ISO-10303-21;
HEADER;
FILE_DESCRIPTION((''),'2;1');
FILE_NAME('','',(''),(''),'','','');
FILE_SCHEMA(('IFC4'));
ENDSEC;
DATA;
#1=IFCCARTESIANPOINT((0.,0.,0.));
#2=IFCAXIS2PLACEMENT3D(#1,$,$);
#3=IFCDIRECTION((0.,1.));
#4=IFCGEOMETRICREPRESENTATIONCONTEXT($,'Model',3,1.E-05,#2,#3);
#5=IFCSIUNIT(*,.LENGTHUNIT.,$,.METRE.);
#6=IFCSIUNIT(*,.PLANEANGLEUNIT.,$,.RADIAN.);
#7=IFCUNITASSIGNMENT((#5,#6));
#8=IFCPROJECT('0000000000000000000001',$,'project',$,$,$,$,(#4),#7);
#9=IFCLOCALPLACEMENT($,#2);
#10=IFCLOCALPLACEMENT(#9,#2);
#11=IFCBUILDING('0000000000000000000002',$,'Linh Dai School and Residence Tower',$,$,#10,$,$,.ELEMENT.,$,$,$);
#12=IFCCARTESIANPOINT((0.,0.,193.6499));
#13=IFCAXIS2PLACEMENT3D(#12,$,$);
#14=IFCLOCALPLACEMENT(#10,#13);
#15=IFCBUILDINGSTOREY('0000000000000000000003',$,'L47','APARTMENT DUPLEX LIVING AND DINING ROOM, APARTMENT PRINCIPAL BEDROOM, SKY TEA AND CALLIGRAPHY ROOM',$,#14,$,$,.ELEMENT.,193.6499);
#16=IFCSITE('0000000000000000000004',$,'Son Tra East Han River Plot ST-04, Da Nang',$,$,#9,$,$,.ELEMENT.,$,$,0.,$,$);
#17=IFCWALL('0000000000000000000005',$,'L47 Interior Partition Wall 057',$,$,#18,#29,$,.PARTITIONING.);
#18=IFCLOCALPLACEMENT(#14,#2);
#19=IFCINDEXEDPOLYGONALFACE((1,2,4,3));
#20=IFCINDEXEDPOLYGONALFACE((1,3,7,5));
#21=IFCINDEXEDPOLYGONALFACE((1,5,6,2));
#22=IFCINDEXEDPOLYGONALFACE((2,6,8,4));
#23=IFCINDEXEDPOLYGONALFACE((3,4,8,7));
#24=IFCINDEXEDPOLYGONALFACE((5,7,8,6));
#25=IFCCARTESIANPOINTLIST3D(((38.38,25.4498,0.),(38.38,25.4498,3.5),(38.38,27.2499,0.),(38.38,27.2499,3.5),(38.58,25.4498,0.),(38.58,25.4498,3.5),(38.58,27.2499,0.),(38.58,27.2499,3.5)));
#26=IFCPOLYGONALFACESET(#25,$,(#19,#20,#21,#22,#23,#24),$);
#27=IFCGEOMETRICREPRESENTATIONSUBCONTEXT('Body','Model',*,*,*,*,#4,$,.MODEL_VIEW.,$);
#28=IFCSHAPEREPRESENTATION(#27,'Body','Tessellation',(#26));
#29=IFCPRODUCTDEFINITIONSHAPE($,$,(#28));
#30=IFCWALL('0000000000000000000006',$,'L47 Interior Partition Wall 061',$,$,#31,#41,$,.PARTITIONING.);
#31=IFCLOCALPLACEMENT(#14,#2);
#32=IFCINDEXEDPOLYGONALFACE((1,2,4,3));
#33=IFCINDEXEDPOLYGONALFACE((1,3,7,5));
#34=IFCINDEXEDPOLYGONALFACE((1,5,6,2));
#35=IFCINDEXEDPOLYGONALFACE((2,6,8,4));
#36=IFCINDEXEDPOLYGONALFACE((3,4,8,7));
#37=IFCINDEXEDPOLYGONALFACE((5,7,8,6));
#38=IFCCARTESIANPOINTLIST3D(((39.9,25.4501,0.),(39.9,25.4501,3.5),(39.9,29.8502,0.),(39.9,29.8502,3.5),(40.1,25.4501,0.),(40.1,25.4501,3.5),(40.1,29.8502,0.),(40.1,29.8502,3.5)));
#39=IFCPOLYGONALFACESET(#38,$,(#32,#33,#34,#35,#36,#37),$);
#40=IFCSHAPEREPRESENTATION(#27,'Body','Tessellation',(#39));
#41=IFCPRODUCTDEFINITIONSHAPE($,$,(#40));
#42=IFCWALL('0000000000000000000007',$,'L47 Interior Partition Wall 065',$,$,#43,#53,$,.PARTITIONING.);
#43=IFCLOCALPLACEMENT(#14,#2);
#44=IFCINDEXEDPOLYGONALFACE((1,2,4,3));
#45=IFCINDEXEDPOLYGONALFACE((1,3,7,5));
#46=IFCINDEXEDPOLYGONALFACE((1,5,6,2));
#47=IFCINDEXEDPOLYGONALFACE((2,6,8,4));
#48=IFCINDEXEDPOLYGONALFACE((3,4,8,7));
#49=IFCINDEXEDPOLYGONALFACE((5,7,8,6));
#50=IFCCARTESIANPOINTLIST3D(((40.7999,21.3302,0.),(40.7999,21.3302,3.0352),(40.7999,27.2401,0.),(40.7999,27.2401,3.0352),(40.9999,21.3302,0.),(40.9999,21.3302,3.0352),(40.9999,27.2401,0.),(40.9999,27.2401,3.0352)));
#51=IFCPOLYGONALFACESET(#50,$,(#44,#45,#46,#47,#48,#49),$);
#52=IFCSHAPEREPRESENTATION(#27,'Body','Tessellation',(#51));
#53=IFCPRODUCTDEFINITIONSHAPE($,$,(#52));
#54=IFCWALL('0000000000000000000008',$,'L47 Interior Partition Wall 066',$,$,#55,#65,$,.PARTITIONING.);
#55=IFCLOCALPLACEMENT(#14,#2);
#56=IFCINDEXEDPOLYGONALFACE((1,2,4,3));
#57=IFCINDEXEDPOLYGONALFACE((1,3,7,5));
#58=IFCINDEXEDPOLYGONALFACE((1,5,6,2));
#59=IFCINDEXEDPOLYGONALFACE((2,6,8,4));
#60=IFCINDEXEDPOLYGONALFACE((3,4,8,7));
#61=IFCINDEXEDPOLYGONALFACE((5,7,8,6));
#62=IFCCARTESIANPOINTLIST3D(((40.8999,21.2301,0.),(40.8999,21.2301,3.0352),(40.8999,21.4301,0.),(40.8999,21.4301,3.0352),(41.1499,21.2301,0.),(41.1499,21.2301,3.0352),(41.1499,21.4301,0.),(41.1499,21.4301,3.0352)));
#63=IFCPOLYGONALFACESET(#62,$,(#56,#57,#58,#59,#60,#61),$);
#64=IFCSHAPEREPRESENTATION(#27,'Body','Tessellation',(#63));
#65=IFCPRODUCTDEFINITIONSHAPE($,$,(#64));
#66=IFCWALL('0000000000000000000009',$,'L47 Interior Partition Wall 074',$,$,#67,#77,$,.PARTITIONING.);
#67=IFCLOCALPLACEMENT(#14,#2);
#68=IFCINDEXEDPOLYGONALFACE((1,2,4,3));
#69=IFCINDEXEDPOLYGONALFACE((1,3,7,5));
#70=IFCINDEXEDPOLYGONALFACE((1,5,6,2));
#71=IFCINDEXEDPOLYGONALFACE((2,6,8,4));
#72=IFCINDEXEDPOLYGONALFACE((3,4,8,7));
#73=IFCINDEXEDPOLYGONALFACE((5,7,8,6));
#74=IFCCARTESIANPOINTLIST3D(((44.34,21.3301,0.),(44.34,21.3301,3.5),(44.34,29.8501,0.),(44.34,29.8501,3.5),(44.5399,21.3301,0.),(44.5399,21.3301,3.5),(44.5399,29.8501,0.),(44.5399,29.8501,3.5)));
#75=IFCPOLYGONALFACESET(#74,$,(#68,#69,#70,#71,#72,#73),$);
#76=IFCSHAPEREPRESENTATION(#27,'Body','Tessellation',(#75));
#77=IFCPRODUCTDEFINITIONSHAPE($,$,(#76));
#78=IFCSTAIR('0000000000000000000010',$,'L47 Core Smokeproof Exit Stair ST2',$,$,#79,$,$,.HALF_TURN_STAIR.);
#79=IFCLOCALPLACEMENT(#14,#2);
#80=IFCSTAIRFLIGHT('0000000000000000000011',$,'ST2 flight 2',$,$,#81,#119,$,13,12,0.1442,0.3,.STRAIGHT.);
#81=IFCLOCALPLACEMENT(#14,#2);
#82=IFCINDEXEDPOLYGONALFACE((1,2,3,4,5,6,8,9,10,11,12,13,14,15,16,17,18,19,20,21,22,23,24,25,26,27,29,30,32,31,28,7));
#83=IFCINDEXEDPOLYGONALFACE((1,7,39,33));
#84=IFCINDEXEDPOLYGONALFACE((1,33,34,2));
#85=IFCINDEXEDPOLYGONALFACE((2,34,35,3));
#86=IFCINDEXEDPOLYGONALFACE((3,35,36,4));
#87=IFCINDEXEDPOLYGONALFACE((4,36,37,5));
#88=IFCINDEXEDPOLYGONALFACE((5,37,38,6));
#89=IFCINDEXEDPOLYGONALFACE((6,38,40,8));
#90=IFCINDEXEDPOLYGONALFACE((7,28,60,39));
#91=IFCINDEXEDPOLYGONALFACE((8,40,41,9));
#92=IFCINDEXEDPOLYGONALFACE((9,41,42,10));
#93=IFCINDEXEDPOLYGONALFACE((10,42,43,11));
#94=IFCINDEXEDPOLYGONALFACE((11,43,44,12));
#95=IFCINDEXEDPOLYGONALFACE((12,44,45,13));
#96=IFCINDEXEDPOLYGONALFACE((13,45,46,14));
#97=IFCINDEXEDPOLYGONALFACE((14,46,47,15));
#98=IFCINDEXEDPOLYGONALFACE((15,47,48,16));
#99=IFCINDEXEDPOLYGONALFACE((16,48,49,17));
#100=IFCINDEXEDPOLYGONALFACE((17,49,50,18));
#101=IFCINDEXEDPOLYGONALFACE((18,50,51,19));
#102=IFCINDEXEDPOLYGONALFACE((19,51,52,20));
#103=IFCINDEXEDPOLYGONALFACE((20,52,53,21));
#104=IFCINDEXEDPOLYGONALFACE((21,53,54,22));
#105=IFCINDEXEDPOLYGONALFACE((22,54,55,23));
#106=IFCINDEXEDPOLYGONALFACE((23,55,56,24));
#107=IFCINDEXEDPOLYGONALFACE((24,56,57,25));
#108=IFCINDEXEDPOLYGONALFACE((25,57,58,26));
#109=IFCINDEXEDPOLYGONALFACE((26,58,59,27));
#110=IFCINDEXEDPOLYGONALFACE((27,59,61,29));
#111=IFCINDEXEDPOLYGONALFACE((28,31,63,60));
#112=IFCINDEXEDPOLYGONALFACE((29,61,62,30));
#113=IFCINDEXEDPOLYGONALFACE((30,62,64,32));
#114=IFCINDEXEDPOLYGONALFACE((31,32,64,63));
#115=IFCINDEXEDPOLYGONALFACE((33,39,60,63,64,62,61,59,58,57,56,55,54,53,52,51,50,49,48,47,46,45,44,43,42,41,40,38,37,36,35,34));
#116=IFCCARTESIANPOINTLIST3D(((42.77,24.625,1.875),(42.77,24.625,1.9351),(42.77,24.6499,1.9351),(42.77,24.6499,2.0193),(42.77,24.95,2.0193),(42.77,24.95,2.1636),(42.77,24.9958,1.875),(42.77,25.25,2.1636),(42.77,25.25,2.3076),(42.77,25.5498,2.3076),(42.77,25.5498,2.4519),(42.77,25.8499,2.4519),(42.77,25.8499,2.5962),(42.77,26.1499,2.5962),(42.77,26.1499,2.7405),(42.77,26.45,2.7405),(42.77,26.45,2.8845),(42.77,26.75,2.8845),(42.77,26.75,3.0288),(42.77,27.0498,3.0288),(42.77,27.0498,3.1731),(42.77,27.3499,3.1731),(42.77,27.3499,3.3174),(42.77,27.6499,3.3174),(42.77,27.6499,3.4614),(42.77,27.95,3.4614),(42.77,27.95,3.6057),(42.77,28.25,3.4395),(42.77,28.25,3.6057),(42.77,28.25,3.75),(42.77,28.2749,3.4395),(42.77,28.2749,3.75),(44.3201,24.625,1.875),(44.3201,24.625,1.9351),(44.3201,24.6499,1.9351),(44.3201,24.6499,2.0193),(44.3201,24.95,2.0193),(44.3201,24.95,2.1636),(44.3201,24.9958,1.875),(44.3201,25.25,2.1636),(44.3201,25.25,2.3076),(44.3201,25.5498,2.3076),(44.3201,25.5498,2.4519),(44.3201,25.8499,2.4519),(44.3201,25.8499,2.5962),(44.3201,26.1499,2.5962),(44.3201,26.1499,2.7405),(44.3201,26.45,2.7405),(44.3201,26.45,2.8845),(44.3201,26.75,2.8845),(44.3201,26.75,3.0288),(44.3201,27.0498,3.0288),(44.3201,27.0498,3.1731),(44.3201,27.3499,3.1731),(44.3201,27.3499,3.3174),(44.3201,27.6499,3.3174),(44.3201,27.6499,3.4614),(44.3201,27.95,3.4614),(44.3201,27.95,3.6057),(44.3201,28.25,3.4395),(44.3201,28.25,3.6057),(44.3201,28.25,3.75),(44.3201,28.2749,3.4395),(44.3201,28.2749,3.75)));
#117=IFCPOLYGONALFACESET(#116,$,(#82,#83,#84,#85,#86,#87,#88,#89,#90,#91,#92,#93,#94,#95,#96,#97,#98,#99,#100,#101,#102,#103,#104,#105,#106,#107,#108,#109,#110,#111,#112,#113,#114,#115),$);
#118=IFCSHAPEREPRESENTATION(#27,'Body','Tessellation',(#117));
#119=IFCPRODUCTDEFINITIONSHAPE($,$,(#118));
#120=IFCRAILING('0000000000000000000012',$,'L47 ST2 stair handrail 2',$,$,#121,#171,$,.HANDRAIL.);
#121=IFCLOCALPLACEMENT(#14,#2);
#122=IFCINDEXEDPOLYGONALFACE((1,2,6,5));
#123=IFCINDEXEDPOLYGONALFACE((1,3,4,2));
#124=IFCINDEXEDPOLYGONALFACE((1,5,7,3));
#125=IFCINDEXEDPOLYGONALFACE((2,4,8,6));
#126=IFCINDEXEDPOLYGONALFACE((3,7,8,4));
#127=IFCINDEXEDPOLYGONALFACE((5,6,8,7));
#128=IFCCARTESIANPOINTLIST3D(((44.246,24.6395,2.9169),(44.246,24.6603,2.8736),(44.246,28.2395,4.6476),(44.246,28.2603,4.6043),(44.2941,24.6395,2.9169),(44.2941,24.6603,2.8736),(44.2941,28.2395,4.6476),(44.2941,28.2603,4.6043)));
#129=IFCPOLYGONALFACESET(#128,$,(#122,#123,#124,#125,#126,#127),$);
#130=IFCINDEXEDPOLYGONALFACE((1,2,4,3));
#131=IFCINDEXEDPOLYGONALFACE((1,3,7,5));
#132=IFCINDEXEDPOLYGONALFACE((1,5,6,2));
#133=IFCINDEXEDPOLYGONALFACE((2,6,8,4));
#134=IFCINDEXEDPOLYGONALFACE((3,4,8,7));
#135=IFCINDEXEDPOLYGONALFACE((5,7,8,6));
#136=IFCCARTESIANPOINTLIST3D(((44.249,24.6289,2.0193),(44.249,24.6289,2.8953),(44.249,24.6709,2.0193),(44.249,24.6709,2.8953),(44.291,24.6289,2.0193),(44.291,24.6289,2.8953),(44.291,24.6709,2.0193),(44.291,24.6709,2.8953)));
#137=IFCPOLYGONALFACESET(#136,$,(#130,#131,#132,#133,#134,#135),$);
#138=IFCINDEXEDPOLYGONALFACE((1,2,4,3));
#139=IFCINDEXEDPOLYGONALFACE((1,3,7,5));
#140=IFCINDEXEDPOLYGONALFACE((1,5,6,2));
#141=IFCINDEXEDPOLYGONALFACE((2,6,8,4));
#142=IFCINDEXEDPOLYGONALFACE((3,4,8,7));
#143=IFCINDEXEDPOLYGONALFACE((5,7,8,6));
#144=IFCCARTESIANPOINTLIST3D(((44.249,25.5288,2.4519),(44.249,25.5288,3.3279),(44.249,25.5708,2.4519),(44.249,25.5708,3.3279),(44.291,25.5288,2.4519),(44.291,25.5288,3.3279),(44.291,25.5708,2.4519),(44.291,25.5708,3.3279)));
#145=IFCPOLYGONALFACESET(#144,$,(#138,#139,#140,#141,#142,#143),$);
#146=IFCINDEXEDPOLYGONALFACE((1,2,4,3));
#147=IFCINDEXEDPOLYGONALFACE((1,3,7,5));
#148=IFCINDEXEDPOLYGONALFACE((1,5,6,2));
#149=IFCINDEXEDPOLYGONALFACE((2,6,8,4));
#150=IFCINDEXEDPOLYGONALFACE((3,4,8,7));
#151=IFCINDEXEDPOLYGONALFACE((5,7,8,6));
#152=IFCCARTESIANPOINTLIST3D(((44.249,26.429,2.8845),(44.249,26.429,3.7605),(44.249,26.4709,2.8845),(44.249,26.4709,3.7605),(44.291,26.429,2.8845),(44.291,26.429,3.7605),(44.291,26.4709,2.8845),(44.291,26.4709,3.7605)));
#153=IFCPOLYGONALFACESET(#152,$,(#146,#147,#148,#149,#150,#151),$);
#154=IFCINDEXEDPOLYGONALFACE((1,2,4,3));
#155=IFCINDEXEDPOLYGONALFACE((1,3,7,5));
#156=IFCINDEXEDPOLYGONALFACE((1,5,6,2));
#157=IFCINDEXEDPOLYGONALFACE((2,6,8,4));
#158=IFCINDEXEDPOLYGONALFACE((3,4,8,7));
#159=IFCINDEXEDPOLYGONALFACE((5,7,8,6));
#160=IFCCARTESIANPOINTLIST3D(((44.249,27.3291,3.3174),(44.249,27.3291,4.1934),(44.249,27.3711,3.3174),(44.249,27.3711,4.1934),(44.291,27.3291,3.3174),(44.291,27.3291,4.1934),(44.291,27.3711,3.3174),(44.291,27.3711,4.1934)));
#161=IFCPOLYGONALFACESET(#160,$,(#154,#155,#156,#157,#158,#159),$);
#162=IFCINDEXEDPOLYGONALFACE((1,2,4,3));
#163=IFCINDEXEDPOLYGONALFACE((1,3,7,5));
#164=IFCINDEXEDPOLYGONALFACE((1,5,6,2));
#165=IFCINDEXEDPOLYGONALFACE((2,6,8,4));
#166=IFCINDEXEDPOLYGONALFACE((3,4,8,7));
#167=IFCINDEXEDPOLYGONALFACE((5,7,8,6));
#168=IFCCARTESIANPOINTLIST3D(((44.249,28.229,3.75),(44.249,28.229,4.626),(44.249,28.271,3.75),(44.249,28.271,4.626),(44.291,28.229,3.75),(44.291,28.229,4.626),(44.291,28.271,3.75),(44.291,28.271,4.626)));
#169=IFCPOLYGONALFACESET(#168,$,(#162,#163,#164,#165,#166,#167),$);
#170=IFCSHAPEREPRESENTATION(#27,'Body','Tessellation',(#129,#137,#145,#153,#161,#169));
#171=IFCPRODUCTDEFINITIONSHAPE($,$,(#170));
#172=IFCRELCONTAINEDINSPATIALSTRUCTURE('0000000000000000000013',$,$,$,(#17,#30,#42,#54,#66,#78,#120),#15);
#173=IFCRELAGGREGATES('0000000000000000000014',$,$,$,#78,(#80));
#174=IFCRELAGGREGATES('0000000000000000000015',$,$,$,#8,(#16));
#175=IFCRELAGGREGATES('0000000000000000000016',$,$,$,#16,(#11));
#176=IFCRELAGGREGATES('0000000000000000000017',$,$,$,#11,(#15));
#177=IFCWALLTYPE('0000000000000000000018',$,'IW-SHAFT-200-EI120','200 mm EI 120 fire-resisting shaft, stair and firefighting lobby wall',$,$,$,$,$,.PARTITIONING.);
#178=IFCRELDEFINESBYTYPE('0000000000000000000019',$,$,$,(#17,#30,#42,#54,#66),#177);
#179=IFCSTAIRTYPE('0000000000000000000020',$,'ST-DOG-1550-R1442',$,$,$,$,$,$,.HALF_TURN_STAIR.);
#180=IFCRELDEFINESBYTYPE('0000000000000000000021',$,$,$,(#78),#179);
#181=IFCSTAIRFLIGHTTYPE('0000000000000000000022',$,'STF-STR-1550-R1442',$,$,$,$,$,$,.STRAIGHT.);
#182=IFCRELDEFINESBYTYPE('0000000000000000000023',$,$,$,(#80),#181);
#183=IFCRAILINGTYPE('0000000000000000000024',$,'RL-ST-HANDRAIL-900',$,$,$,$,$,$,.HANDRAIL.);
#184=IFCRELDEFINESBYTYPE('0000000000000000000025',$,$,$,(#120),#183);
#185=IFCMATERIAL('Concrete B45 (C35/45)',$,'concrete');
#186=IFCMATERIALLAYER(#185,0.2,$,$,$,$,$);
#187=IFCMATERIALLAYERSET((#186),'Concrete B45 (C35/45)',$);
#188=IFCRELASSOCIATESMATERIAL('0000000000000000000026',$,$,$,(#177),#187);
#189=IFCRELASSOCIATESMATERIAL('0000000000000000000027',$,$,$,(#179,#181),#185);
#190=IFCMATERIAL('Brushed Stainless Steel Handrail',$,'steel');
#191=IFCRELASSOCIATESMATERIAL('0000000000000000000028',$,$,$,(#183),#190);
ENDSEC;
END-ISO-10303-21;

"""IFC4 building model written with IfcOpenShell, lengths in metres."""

from ifc_helpers import new_model, si_unit, direction, frame, frame_2d, origin, origin_2d, place, context, subcontext, project, spatial, polyline, rectangle, outline, extrude, source, transform, mapped, material, layer, layer_set, type_object, element, aggregate, save


model = new_model("IFC4")

# Units and contexts
model_context = context("Model", 3, precision=1e-05, world=origin(), true_north=direction((0.0, 1.0)))
body_context = subcontext(model_context, "Body", "Model", "MODEL_VIEW")
ifc_project = project(units=[si_unit("LENGTHUNIT", "METRE"), si_unit("PLANEANGLEUNIT", "RADIAN")], contexts=[model_context])

# Site, building, storey
site_placement = place(None, origin())
site = spatial("IfcSite", under=ifc_project, at=site_placement, Name="Son Tra East Han River Plot ST-04, Da Nang", CompositionType="ELEMENT", RefElevation=0.0)
building_placement = place(site_placement, origin())
building = spatial("IfcBuilding", under=site, at=building_placement, Name="Linh Dai School and Residence Tower", CompositionType="ELEMENT")
storey_placement = place(building_placement, frame((0.0, 0.0, 193.6499)))
storey = spatial("IfcBuildingStorey", under=building, at=storey_placement, Name="L47", Description="APARTMENT DUPLEX LIVING AND DINING ROOM, APARTMENT PRINCIPAL BEDROOM, SKY TEA AND CALLIGRAPHY ROOM", CompositionType="ELEMENT", Elevation=193.6499)

# Walls
ifc_material_1 = material(Name="Concrete B45 (C35/45)", Category="concrete")
ifc_layer_1 = layer(ifc_material_1, 0.2)
ifc_layer_set_1 = layer_set([ifc_layer_1], Name="Concrete B45 (C35/45)")
wall_type_1 = type_object("IfcWallType", Name="IW-SHAFT-200-EI120", Description="200 mm EI 120 fire-resisting shaft, stair and firefighting lobby wall", PredefinedType="PARTITIONING", material=ifc_layer_set_1)
for number, where, z_axis, x_axis, name in (
    (1, (38.48, 25.45, 0.0), (0.0, 0.0, 1.0), (0.0, 1.0, 0.0), "L47 Interior Partition Wall 057"),
):
    element("IfcWall", number, at=place(storey_placement, frame(where, z_axis=z_axis, x_axis=x_axis)), inside=storey, type_object=wall_type_1, Name=name, PredefinedType="PARTITIONING", context=body_context, shape_type="SweptSolid", body=[
        extrude(rectangle(XDim=1.8, YDim=0.2, at=frame_2d((0.8999, 0.0))), origin(), (0.0, 0.0, 1.0), 3.5),
    ])
wall_1_placement = place(storey_placement, frame((40.0, 25.45, 0.0), z_axis=(0.0, 0.0, 1.0), x_axis=(0.0, 1.0, 0.0)))
element("IfcWall", 2, at=wall_1_placement, inside=storey, type_object=wall_type_1, Name="L47 Interior Partition Wall 061", PredefinedType="PARTITIONING", context=body_context, shape_type="SweptSolid", body=[
    extrude(rectangle(XDim=4.4001, YDim=0.2, at=frame_2d((2.2002, 0.0))), origin(), (0.0, 0.0, 1.0), 3.5),
])
wall_2_placement = place(storey_placement, frame((40.8999, 21.3301, 0.0), z_axis=(0.0, 0.0, 1.0), x_axis=(0.0, 1.0, 0.0)))
element("IfcWall", 3, at=wall_2_placement, inside=storey, type_object=wall_type_1, Name="L47 Interior Partition Wall 065", PredefinedType="PARTITIONING", context=body_context, shape_type="SweptSolid", body=[
    extrude(rectangle(XDim=5.9099, YDim=0.2, at=frame_2d((2.9551, 0.0))), origin(), (0.0, 0.0, 1.0), 3.0352),
])
wall_3_placement = place(storey_placement, frame((40.8999, 21.3301, 0.0), z_axis=(0.0, 0.0, 1.0), x_axis=(1.0, 0.0, 0.0)))
element("IfcWall", 4, at=wall_3_placement, inside=storey, type_object=wall_type_1, Name="L47 Interior Partition Wall 066", PredefinedType="PARTITIONING", context=body_context, shape_type="SweptSolid", body=[
    extrude(rectangle(XDim=0.25, YDim=0.2, at=frame_2d((0.125, 0.0))), origin(), (0.0, 0.0, 1.0), 3.0352),
])
wall_4_placement = place(storey_placement, frame((44.4399, 21.3301, 0.0), z_axis=(0.0, 0.0, 1.0), x_axis=(0.0, 1.0, 0.0)))
element("IfcWall", 5, at=wall_4_placement, inside=storey, type_object=wall_type_1, Name="L47 Interior Partition Wall 074", PredefinedType="PARTITIONING", context=body_context, shape_type="SweptSolid", body=[
    extrude(rectangle(XDim=8.52, YDim=0.2, at=frame_2d((4.26, 0.0))), origin(), (0.0, 0.0, 1.0), 3.5),
])

# Stair, stair flight
stair_type = type_object("IfcStairType", Name="ST-DOG-1550-R1442", PredefinedType="HALF_TURN_STAIR", material=ifc_material_1)
stair_placement = place(storey_placement, origin())
stair = element("IfcStair", 6, at=stair_placement, inside=storey, type_object=stair_type, Name="L47 Core Smokeproof Exit Stair ST2", PredefinedType="HALF_TURN_STAIR")
stair_flight_type = type_object("IfcStairFlightType", Name="STF-STR-1550-R1442", PredefinedType="STRAIGHT", material=ifc_material_1)
shared_shape_1 = source(origin(), body_context, "Body", "SweptSolid", [
    extrude(outline(polyline([(-0.0249, 0.0), (-0.0249, 0.0601), (0.0, 0.0601), (0.0, 0.1443), (0.3, 0.1443), (0.3, 0.2886), (0.6001, 0.2886), (0.6001, 0.4326), (0.8999, 0.4326), (0.8999, 0.5769), (1.2, 0.5769), (1.2, 0.7212), (1.5, 0.7212), (1.5, 0.8655), (1.8, 0.8655), (1.8, 1.0095), (2.1001, 1.0095), (2.1001, 1.1538), (2.3999, 1.1538), (2.3999, 1.2981), (2.7, 1.2981), (2.7, 1.4424), (3.0, 1.4424), (3.0, 1.5864), (3.3, 1.5864), (3.3, 1.7307), (3.6001, 1.7307), (3.6001, 1.875), (3.625, 1.875), (3.625, 1.5645), (3.6001, 1.5645), (0.3459, 0.0), (-0.0249, 0.0)])), frame((0.0, 0.7749, 0.0), z_axis=(0.0, -1.0, 0.0), x_axis=(1.0, 0.0, 0.0)), (0.0, 0.0, 1.0), 1.55),
])
stair_flight_placement = place(storey_placement, frame((43.5449, 24.6499, 1.875), z_axis=(0.0, 0.0, 1.0), x_axis=(0.0, 1.0, 0.0)))
stair_flight = element("IfcStairFlight", 7, at=stair_flight_placement, type_object=stair_flight_type, Name="ST2 flight 2", NumberOfRisers=13, NumberOfTreads=12, PredefinedType="STRAIGHT", RiserHeight=0.1442, TreadLength=0.3, context=body_context, shape_type="MappedRepresentation", body=[
    mapped(shared_shape_1, transform((0.0, 0.0, 0.0), x_axis=(1.0, 0.0, 0.0), y_axis=(0.0, 1.0, 0.0), z_axis=(0.0, 0.0, 1.0), scale=1.0)),
])
aggregate(stair, [stair_flight])

# Railing
ifc_material_2 = material(Name="Brushed Stainless Steel Handrail", Category="steel")
railing_type_1 = type_object("IfcRailingType", Name="RL-ST-HANDRAIL-900", PredefinedType="HANDRAIL", material=ifc_material_2)
shared_shape_2 = source(origin(), body_context, "Body", "SweptSolid", [
    extrude(rectangle(XDim=0.0481, YDim=0.0481, at=origin_2d()), frame((0.0, 0.0, 0.876), z_axis=(0.0, 0.901263, 0.433273), x_axis=(-1.0, 0.0, 0.0)), (0.0, 0.0, 1.0), 3.9944),
    extrude(rectangle(XDim=0.042, YDim=0.042, at=origin_2d()), origin(), (0.0, 0.0, 1.0), 0.876),
    extrude(rectangle(XDim=0.042, YDim=0.042, at=origin_2d()), frame((0.0, 0.8999, 0.4326)), (0.0, 0.0, 1.0), 0.876),
    extrude(rectangle(XDim=0.042, YDim=0.042, at=origin_2d()), frame((0.0, 1.8, 0.8652)), (0.0, 0.0, 1.0), 0.876),
    extrude(rectangle(XDim=0.042, YDim=0.042, at=origin_2d()), frame((0.0, 2.7002, 1.2981)), (0.0, 0.0, 1.0), 0.876),
    extrude(rectangle(XDim=0.042, YDim=0.042, at=origin_2d()), frame((0.0, 3.6001, 1.7307)), (0.0, 0.0, 1.0), 0.876),
])
railing_1_placement = place(storey_placement, frame((44.27, 24.6499, 2.0193)))
element("IfcRailing", 8, at=railing_1_placement, inside=storey, type_object=railing_type_1, Name="L47 ST2 stair handrail 2", PredefinedType="HANDRAIL", context=body_context, shape_type="MappedRepresentation", body=[
    mapped(shared_shape_2, transform((0.0, 0.0, 0.0), x_axis=(1.0, 0.0, 0.0), y_axis=(0.0, 1.0, 0.0), z_axis=(0.0, 0.0, 1.0), scale=1.0)),
])

save(model, "model.ifc")
